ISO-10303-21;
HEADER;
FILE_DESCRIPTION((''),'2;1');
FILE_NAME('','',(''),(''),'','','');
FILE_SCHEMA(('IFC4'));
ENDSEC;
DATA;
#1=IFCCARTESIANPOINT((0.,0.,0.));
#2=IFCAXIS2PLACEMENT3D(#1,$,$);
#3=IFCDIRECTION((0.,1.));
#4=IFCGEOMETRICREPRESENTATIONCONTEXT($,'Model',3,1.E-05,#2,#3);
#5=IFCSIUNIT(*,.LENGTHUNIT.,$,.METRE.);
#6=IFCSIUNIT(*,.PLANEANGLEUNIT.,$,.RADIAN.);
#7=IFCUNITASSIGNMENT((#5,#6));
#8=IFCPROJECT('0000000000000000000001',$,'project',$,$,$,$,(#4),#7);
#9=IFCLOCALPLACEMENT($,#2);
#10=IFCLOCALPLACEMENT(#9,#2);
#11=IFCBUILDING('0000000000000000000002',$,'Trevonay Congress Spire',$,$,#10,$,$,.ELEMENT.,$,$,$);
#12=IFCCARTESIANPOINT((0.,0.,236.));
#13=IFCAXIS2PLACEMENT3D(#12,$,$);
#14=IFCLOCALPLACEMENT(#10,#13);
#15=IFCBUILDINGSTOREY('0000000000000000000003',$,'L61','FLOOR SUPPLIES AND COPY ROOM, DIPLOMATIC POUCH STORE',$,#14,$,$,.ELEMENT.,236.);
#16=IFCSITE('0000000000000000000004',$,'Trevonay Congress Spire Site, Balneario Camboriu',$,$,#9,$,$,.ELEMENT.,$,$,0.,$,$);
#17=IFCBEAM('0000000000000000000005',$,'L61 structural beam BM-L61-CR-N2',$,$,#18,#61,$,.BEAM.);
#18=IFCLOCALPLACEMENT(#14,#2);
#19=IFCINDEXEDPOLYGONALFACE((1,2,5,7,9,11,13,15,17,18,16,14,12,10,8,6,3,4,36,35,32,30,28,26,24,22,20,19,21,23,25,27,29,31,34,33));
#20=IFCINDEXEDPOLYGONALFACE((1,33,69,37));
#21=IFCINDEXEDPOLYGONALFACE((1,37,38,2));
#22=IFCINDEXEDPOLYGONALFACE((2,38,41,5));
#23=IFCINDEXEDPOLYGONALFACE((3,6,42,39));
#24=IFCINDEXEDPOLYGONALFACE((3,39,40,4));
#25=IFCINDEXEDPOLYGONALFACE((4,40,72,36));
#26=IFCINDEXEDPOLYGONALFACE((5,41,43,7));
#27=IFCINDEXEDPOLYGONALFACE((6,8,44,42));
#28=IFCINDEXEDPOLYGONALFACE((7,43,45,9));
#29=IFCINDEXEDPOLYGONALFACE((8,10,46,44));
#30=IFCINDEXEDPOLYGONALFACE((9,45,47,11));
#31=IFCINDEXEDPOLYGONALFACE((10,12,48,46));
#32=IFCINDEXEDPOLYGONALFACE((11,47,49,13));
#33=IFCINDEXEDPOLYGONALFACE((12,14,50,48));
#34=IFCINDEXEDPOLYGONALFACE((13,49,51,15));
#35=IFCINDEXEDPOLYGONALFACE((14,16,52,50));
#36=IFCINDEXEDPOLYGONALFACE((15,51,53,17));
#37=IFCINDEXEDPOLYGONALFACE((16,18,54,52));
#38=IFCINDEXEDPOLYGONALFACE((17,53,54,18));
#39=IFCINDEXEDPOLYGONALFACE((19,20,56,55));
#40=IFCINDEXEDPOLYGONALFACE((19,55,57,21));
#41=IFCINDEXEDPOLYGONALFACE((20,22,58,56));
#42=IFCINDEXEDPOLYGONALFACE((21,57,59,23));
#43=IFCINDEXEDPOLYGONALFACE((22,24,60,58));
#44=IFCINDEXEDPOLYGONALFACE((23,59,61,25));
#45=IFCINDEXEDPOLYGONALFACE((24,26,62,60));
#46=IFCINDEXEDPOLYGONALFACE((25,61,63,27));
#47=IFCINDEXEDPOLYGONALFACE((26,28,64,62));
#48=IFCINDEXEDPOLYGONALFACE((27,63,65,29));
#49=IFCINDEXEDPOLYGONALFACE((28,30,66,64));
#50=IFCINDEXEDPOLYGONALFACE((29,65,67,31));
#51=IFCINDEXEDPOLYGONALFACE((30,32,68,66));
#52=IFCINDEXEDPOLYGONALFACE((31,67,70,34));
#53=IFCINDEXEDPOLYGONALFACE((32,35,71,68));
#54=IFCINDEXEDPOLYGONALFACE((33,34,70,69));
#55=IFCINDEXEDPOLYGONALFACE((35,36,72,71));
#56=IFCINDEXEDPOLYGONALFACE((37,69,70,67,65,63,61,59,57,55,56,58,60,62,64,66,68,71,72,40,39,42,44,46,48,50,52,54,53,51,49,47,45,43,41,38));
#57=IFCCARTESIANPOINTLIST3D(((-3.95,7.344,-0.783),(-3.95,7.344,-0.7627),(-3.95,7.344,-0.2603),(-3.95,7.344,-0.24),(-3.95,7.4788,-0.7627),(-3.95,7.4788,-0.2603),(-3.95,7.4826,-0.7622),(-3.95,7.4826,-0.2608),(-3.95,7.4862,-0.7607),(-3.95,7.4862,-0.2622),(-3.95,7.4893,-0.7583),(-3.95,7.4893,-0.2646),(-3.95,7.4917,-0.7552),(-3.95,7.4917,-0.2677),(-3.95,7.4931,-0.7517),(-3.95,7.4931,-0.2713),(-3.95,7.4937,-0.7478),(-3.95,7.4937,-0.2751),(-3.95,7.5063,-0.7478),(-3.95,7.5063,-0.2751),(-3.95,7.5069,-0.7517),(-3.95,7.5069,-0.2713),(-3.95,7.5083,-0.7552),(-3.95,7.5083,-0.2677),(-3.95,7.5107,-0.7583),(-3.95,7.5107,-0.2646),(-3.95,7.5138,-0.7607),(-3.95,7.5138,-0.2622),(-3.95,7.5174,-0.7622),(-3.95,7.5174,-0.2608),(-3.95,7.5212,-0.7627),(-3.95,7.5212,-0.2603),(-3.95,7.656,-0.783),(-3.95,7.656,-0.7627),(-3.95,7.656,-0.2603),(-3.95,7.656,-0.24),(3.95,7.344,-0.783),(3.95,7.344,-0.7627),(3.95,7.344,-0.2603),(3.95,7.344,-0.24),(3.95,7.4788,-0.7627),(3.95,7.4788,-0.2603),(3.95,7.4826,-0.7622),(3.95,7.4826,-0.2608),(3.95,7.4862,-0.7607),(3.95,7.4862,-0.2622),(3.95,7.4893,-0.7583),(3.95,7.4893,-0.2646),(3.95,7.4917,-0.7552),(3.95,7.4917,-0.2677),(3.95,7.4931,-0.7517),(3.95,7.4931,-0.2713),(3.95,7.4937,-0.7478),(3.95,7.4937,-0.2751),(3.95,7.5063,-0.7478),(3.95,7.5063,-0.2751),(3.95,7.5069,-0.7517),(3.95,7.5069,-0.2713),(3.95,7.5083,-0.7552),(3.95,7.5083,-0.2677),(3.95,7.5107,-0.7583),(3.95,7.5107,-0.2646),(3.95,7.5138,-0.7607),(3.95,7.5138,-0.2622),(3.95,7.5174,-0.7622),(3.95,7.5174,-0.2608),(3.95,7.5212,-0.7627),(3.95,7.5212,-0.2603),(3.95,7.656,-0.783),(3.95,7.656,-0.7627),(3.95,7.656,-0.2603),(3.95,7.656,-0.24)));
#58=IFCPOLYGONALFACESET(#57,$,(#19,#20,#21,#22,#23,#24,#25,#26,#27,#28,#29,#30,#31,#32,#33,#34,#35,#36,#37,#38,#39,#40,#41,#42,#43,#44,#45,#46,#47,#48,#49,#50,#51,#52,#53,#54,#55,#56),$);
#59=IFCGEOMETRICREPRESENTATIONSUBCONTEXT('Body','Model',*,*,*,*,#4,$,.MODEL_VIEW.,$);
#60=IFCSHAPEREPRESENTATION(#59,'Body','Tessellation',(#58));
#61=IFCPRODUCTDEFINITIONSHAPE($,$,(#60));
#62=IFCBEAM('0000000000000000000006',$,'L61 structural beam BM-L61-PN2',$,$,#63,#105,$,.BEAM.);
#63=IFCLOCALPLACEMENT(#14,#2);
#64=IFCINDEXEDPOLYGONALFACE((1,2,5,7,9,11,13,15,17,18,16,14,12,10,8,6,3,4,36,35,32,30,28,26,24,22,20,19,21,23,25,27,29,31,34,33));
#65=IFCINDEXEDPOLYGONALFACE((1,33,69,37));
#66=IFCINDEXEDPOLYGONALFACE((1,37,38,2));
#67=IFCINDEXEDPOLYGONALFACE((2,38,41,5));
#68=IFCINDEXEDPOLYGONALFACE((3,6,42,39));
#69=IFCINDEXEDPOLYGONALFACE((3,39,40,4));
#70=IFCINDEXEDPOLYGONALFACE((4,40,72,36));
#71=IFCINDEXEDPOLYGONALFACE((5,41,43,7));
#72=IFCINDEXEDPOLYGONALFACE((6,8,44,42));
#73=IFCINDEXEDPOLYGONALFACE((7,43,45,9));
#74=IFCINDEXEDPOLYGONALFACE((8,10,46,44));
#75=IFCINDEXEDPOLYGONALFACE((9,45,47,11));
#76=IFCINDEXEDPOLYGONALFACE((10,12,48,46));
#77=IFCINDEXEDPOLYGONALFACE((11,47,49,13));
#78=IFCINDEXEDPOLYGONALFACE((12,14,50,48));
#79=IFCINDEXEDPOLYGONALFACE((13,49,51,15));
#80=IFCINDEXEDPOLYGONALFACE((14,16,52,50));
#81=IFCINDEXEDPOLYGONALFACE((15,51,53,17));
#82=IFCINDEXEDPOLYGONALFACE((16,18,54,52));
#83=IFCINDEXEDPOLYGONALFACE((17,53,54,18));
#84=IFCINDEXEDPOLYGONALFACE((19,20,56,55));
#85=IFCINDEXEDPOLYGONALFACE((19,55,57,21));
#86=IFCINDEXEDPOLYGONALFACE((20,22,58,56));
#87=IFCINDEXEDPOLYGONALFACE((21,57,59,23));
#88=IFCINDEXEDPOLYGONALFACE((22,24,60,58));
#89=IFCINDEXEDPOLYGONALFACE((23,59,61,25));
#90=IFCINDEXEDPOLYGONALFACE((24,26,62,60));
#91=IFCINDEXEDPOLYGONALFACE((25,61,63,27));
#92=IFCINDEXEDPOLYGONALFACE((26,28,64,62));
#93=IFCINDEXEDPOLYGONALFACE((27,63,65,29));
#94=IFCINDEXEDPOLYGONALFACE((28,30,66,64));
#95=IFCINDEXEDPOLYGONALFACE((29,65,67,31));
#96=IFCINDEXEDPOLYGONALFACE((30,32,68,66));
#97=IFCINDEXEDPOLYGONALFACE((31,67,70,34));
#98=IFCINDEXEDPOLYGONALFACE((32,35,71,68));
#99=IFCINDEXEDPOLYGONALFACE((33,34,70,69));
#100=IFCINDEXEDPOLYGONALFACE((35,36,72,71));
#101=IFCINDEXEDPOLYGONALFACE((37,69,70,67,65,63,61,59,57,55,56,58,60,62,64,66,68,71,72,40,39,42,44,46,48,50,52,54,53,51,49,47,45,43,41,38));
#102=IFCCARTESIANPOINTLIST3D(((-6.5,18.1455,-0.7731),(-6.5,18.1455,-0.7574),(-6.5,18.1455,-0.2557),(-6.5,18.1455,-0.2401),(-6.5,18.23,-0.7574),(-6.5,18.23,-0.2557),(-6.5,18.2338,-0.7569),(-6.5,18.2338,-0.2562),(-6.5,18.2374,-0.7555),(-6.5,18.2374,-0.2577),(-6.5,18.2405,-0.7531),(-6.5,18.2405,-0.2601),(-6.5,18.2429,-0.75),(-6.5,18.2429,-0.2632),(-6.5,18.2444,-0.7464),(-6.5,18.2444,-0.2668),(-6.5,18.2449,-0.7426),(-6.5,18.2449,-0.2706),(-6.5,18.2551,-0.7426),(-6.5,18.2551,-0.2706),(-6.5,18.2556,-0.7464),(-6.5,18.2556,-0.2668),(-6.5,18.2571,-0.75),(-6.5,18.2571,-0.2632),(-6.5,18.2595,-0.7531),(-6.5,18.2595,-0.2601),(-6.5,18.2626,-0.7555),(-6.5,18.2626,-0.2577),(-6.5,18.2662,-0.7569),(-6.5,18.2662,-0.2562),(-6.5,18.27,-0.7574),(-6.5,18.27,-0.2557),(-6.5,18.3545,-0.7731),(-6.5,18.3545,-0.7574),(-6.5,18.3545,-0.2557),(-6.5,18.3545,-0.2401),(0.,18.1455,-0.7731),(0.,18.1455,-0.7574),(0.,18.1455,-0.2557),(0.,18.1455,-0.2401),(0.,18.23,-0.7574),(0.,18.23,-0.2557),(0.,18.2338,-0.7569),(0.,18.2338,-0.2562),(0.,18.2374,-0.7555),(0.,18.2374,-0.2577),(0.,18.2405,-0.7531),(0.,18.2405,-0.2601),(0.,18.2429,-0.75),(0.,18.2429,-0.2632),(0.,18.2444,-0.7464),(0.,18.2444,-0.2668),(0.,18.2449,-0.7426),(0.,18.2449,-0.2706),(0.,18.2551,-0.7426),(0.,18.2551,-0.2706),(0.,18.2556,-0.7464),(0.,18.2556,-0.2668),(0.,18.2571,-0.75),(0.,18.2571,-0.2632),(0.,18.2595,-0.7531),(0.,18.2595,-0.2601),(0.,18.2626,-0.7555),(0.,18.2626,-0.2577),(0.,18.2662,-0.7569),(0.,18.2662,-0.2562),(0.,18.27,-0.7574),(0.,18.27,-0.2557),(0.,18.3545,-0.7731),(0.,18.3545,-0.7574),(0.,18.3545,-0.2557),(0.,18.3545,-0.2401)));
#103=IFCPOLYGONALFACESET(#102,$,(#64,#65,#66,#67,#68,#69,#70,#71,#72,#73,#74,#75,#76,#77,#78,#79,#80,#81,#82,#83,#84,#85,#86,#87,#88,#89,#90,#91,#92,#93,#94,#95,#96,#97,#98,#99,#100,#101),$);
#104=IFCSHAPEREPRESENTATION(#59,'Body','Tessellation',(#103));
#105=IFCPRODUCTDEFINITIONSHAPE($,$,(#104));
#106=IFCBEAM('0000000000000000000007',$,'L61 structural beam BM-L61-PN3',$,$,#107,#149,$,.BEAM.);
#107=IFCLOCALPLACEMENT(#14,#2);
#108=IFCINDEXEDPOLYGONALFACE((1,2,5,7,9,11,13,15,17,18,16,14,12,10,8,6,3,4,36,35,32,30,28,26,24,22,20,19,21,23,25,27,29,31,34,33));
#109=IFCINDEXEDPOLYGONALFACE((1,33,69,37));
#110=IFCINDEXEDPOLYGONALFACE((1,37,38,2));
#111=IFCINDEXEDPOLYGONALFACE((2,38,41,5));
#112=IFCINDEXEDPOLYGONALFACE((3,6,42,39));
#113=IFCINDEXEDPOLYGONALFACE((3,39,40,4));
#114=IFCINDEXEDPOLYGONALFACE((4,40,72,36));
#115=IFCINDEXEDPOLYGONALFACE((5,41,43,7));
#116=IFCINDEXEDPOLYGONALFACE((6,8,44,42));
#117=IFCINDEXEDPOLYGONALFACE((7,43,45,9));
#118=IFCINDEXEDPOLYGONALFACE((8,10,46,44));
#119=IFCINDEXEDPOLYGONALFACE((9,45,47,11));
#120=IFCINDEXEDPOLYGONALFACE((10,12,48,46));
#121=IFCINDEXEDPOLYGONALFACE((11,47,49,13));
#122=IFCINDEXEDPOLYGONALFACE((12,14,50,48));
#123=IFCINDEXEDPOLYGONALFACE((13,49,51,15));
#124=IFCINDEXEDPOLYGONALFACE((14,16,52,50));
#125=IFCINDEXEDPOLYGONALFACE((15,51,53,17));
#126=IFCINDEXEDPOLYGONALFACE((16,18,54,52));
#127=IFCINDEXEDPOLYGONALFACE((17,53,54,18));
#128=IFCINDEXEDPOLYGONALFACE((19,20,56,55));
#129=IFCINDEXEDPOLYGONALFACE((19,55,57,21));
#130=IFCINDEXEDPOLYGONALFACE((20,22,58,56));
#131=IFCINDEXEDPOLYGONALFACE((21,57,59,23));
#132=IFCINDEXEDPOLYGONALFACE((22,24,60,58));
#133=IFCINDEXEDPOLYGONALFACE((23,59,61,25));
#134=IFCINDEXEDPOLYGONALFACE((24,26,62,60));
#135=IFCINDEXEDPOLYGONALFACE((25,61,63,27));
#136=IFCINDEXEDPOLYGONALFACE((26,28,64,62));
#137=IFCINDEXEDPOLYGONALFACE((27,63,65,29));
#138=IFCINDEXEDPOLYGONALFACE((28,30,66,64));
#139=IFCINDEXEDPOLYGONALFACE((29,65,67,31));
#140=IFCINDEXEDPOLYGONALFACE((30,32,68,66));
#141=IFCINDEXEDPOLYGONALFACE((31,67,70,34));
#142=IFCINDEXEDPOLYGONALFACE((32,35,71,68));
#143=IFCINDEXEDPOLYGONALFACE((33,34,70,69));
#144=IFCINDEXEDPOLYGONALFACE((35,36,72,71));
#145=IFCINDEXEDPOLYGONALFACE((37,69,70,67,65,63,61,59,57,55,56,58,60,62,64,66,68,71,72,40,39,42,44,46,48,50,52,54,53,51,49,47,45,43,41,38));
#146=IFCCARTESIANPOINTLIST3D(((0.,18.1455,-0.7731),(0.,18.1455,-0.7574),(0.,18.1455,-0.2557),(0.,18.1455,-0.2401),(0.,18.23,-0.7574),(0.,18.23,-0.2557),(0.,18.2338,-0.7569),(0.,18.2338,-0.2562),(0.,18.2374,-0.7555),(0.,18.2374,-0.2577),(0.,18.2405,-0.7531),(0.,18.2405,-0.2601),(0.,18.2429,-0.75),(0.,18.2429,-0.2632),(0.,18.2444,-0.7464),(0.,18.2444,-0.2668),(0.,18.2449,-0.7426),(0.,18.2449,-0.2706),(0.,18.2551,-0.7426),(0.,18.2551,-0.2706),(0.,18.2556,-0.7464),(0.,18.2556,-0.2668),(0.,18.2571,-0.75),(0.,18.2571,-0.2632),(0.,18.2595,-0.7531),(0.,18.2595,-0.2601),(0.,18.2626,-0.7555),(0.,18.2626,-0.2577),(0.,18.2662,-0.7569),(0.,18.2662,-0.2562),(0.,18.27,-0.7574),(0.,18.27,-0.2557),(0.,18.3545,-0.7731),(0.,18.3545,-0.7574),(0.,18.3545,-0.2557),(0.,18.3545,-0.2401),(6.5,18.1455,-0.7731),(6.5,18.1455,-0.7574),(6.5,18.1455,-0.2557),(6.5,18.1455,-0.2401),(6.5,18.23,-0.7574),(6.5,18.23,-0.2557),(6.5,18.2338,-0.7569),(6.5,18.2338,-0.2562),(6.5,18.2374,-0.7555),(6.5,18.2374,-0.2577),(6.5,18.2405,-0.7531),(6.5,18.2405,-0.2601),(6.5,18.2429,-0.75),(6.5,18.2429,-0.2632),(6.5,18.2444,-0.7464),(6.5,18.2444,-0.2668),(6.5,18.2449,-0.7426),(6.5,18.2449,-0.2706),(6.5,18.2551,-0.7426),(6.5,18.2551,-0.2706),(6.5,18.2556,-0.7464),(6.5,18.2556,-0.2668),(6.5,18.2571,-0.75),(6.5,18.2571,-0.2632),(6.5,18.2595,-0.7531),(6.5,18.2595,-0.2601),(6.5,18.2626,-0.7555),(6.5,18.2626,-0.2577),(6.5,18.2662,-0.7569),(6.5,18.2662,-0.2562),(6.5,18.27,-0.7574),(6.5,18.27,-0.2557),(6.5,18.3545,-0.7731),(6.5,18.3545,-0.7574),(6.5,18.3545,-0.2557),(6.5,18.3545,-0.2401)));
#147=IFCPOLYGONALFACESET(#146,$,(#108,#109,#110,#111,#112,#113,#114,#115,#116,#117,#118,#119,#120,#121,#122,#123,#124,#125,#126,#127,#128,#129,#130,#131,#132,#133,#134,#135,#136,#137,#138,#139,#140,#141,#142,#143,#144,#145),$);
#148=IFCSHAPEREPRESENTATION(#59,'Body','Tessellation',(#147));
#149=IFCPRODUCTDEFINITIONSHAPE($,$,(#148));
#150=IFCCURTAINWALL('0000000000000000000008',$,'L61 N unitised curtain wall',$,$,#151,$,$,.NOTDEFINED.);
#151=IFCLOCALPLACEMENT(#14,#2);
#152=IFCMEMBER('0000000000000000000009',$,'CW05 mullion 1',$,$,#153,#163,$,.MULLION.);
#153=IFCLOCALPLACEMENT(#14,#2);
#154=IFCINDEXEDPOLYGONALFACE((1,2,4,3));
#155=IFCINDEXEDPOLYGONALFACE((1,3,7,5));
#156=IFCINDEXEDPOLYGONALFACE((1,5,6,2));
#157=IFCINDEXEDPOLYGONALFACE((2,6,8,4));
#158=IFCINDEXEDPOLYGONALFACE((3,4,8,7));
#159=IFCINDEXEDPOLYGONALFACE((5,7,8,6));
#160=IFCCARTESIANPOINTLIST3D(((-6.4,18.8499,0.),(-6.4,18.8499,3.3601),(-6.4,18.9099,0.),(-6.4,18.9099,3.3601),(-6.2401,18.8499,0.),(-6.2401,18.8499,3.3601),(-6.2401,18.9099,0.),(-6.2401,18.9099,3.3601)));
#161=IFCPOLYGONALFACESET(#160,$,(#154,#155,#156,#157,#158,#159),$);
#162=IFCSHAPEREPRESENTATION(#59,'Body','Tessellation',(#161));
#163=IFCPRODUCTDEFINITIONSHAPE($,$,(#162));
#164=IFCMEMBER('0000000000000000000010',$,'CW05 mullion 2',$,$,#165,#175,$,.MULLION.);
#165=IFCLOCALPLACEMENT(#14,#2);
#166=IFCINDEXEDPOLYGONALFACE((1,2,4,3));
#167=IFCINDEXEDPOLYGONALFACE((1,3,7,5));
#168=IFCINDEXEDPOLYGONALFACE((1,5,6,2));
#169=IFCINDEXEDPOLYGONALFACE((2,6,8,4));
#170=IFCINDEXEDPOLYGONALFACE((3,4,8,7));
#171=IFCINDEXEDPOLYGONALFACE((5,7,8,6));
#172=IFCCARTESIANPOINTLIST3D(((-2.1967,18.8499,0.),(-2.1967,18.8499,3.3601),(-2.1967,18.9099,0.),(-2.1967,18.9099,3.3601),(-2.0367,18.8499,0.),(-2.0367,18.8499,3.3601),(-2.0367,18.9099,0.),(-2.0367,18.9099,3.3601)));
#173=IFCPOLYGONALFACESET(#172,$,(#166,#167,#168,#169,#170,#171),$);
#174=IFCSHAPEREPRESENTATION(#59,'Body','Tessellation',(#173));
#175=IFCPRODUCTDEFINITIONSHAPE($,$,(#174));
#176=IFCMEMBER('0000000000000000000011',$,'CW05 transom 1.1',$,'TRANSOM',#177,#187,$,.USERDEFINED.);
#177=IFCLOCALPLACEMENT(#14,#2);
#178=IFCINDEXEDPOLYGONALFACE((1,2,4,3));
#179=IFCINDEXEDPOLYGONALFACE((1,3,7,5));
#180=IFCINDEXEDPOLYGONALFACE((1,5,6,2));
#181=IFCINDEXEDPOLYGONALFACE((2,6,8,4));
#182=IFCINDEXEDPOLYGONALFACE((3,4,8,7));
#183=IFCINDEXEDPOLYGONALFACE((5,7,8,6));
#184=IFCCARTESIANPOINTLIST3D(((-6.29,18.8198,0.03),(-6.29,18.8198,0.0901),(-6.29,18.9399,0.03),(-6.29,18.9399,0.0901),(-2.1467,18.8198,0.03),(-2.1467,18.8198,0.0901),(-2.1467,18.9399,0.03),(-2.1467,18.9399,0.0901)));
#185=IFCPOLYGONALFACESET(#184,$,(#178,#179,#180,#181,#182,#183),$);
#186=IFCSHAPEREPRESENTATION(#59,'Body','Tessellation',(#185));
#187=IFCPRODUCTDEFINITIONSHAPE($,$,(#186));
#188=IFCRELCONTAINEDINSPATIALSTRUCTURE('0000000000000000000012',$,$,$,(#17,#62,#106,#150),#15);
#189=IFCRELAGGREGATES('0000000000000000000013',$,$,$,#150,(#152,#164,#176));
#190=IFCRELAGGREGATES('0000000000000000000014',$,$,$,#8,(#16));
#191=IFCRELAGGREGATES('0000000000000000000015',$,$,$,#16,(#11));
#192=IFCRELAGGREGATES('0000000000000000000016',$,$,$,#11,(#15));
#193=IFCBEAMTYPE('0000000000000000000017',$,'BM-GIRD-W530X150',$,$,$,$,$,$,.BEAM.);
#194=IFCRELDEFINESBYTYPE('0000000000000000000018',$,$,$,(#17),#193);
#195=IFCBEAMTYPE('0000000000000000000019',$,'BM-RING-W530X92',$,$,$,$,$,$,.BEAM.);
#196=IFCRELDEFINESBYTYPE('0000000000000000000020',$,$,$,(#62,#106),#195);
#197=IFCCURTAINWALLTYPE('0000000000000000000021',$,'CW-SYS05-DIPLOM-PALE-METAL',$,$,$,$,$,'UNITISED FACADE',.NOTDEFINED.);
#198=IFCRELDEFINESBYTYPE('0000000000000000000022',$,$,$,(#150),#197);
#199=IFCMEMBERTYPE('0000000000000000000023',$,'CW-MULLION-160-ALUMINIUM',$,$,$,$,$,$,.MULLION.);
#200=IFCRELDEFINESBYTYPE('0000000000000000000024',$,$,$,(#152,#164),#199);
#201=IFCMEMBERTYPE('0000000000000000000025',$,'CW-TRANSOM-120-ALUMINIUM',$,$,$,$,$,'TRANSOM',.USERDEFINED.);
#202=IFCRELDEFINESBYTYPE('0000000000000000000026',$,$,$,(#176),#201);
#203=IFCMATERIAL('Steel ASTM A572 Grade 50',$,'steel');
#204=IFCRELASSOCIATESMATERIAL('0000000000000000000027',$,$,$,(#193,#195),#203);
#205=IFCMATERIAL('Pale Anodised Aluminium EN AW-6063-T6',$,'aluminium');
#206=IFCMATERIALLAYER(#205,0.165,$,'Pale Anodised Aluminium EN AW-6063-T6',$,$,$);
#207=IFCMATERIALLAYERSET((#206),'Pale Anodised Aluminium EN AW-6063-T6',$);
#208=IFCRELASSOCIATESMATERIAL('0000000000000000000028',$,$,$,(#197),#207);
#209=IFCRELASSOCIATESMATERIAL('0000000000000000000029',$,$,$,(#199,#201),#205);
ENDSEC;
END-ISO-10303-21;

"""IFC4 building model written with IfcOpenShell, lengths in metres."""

from ifc_helpers import new_model, si_unit, direction, frame, origin, origin_2d, place, context, subcontext, project, spatial, rectangle, i_section, extrude, material, layer, layer_set, material_profile, profile_set, type_object, element, aggregate, save


model = new_model("IFC4")

# Units and contexts
model_context = context("Model", 3, precision=1e-05, world=origin(), true_north=direction((0.0, 1.0)))
body_context = subcontext(model_context, "Body", "Model", "MODEL_VIEW")
ifc_project = project(units=[si_unit("LENGTHUNIT", "METRE"), si_unit("PLANEANGLEUNIT", "RADIAN")], contexts=[model_context])

# Site, building, storey
site_placement = place(None, origin())
site = spatial("IfcSite", under=ifc_project, at=site_placement, Name="Trevonay Congress Spire Site, Balneario Camboriu", CompositionType="ELEMENT", RefElevation=0.0)
building_placement = place(site_placement, origin())
building = spatial("IfcBuilding", under=site, at=building_placement, Name="Trevonay Congress Spire", CompositionType="ELEMENT")
storey_placement = place(building_placement, frame((0.0, 0.0, 236.0)))
storey = spatial("IfcBuildingStorey", under=building, at=storey_placement, Name="L61", Description="FLOOR SUPPLIES AND COPY ROOM, DIPLOMATIC POUCH STORE", CompositionType="ELEMENT", Elevation=236.0)

# Shared definitions
ifc_material_1 = material(Name="Steel ASTM A572 Grade 50", Category="steel")

# Beams
ifc_material_profile_1 = material_profile(ifc_material_1, i_section(OverallWidth=0.312, OverallDepth=0.543, WebThickness=0.0127, FlangeThickness=0.0203, FilletRadius=0.0149, at=origin_2d()), Name="W530x150")
ifc_profile_set_1 = profile_set([ifc_material_profile_1], Name="Steel ASTM A572 Grade 50")
beam_type_1 = type_object("IfcBeamType", Name="BM-GIRD-W530X150", PredefinedType="BEAM", material=ifc_profile_set_1)
beam_1_placement = place(storey_placement, frame((-3.95, 7.5, -0.5115), z_axis=(1.0, 0.0, 0.0), x_axis=(0.0, 1.0, 0.0)))
element("IfcBeam", 1, at=beam_1_placement, inside=storey, type_object=beam_type_1, Name="L61 structural beam BM-L61-CR-N2", PredefinedType="BEAM", context=body_context, shape_type="SweptSolid", body=[
    extrude(i_section(OverallWidth=0.312, OverallDepth=0.543, WebThickness=0.0127, FlangeThickness=0.0203, FilletRadius=0.0149, at=origin_2d()), origin(), (0.0, 0.0, 1.0), 7.8999),
])
ifc_material_profile_2 = material_profile(ifc_material_1, i_section(OverallWidth=0.209, OverallDepth=0.533, WebThickness=0.0103, FlangeThickness=0.0156, FilletRadius=0.0149, at=origin_2d()), Name="W530x92")
ifc_profile_set_2 = profile_set([ifc_material_profile_2], Name="Steel ASTM A572 Grade 50")
beam_type_2 = type_object("IfcBeamType", Name="BM-RING-W530X92", PredefinedType="BEAM", material=ifc_profile_set_2)
for number, where, z_axis, x_axis, name in (
    (2, (-6.5, 18.25, -0.5066), (1.0, 0.0, 0.0), (0.0, 1.0, 0.0), "L61 structural beam BM-L61-PN2"),
    (3, (0.0, 18.25, -0.5066), (1.0, 0.0, 0.0), (0.0, 1.0, 0.0), "L61 structural beam BM-L61-PN3"),
):
    element("IfcBeam", number, at=place(storey_placement, frame(where, z_axis=z_axis, x_axis=x_axis)), inside=storey, type_object=beam_type_2, Name=name, PredefinedType="BEAM", context=body_context, shape_type="SweptSolid", body=[
        extrude(i_section(OverallWidth=0.209, OverallDepth=0.533, WebThickness=0.0103, FlangeThickness=0.0156, FilletRadius=0.0149, at=origin_2d()), origin(), (0.0, 0.0, 1.0), 6.5),
    ])

# Curtain wall, members
ifc_material_2 = material(Name="Pale Anodised Aluminium EN AW-6063-T6", Category="aluminium")
ifc_layer_1 = layer(ifc_material_2, 0.165, Name="Pale Anodised Aluminium EN AW-6063-T6")
ifc_layer_set_1 = layer_set([ifc_layer_1], Name="Pale Anodised Aluminium EN AW-6063-T6")
curtain_wall_type = type_object("IfcCurtainWallType", Name="CW-SYS05-DIPLOM-PALE-METAL", ElementType="UNITISED FACADE", PredefinedType="NOTDEFINED", material=ifc_layer_set_1)
curtain_wall_placement = place(storey_placement, origin())
curtain_wall = element("IfcCurtainWall", 4, at=curtain_wall_placement, inside=storey, type_object=curtain_wall_type, Name="L61 N unitised curtain wall", PredefinedType="NOTDEFINED")
ifc_material_profile_3 = material_profile(ifc_material_2, rectangle(XDim=0.0601, YDim=0.1599, at=origin_2d()), Name="CW-MULLION-160-ALUMINIUM")
ifc_profile_set_3 = profile_set([ifc_material_profile_3], Name="Pale Anodised Aluminium EN AW-6063-T6")
member_type_1 = type_object("IfcMemberType", Name="CW-MULLION-160-ALUMINIUM", PredefinedType="MULLION", material=ifc_profile_set_3)
member_1_placement = place(storey_placement, frame((-6.3201, 18.8799, 0.0), z_axis=(0.0, 0.0, 1.0), x_axis=(0.0, 1.0, 0.0)))
member_1 = element("IfcMember", 5, at=member_1_placement, type_object=member_type_1, Name="CW05 mullion 1", PredefinedType="MULLION", context=body_context, shape_type="SweptSolid", body=[
    extrude(rectangle(XDim=0.0601, YDim=0.1599, at=origin_2d()), origin(), (0.0, 0.0, 1.0), 3.3601),
])
member_2_placement = place(storey_placement, frame((-2.1167, 18.8799, 0.0), z_axis=(0.0, 0.0, 1.0), x_axis=(0.0, 1.0, 0.0)))
member_2 = element("IfcMember", 6, at=member_2_placement, type_object=member_type_1, Name="CW05 mullion 2", PredefinedType="MULLION", context=body_context, shape_type="SweptSolid", body=[
    extrude(rectangle(XDim=0.0601, YDim=0.1599, at=origin_2d()), origin(), (0.0, 0.0, 1.0), 3.3601),
])
ifc_material_profile_4 = material_profile(ifc_material_2, rectangle(XDim=0.1201, YDim=0.0601, at=origin_2d()), Name="CW-TRANSOM-120-ALUMINIUM")
ifc_profile_set_4 = profile_set([ifc_material_profile_4], Name="Pale Anodised Aluminium EN AW-6063-T6")
member_type_2 = type_object("IfcMemberType", Name="CW-TRANSOM-120-ALUMINIUM", ElementType="TRANSOM", PredefinedType="USERDEFINED", material=ifc_profile_set_4)
member_3_placement = place(storey_placement, frame((-6.29, 18.8799, 0.0601), z_axis=(1.0, 0.0, 0.0), x_axis=(0.0, 1.0, 0.0)))
member_3 = element("IfcMember", 7, at=member_3_placement, type_object=member_type_2, Name="CW05 transom 1.1", ObjectType="TRANSOM", PredefinedType="USERDEFINED", context=body_context, shape_type="SweptSolid", body=[
    extrude(rectangle(XDim=0.1201, YDim=0.0601, at=origin_2d()), origin(), (0.0, 0.0, 1.0), 4.1433),
])
aggregate(curtain_wall, [member_1, member_2, member_3])

save(model, "model.ifc")
